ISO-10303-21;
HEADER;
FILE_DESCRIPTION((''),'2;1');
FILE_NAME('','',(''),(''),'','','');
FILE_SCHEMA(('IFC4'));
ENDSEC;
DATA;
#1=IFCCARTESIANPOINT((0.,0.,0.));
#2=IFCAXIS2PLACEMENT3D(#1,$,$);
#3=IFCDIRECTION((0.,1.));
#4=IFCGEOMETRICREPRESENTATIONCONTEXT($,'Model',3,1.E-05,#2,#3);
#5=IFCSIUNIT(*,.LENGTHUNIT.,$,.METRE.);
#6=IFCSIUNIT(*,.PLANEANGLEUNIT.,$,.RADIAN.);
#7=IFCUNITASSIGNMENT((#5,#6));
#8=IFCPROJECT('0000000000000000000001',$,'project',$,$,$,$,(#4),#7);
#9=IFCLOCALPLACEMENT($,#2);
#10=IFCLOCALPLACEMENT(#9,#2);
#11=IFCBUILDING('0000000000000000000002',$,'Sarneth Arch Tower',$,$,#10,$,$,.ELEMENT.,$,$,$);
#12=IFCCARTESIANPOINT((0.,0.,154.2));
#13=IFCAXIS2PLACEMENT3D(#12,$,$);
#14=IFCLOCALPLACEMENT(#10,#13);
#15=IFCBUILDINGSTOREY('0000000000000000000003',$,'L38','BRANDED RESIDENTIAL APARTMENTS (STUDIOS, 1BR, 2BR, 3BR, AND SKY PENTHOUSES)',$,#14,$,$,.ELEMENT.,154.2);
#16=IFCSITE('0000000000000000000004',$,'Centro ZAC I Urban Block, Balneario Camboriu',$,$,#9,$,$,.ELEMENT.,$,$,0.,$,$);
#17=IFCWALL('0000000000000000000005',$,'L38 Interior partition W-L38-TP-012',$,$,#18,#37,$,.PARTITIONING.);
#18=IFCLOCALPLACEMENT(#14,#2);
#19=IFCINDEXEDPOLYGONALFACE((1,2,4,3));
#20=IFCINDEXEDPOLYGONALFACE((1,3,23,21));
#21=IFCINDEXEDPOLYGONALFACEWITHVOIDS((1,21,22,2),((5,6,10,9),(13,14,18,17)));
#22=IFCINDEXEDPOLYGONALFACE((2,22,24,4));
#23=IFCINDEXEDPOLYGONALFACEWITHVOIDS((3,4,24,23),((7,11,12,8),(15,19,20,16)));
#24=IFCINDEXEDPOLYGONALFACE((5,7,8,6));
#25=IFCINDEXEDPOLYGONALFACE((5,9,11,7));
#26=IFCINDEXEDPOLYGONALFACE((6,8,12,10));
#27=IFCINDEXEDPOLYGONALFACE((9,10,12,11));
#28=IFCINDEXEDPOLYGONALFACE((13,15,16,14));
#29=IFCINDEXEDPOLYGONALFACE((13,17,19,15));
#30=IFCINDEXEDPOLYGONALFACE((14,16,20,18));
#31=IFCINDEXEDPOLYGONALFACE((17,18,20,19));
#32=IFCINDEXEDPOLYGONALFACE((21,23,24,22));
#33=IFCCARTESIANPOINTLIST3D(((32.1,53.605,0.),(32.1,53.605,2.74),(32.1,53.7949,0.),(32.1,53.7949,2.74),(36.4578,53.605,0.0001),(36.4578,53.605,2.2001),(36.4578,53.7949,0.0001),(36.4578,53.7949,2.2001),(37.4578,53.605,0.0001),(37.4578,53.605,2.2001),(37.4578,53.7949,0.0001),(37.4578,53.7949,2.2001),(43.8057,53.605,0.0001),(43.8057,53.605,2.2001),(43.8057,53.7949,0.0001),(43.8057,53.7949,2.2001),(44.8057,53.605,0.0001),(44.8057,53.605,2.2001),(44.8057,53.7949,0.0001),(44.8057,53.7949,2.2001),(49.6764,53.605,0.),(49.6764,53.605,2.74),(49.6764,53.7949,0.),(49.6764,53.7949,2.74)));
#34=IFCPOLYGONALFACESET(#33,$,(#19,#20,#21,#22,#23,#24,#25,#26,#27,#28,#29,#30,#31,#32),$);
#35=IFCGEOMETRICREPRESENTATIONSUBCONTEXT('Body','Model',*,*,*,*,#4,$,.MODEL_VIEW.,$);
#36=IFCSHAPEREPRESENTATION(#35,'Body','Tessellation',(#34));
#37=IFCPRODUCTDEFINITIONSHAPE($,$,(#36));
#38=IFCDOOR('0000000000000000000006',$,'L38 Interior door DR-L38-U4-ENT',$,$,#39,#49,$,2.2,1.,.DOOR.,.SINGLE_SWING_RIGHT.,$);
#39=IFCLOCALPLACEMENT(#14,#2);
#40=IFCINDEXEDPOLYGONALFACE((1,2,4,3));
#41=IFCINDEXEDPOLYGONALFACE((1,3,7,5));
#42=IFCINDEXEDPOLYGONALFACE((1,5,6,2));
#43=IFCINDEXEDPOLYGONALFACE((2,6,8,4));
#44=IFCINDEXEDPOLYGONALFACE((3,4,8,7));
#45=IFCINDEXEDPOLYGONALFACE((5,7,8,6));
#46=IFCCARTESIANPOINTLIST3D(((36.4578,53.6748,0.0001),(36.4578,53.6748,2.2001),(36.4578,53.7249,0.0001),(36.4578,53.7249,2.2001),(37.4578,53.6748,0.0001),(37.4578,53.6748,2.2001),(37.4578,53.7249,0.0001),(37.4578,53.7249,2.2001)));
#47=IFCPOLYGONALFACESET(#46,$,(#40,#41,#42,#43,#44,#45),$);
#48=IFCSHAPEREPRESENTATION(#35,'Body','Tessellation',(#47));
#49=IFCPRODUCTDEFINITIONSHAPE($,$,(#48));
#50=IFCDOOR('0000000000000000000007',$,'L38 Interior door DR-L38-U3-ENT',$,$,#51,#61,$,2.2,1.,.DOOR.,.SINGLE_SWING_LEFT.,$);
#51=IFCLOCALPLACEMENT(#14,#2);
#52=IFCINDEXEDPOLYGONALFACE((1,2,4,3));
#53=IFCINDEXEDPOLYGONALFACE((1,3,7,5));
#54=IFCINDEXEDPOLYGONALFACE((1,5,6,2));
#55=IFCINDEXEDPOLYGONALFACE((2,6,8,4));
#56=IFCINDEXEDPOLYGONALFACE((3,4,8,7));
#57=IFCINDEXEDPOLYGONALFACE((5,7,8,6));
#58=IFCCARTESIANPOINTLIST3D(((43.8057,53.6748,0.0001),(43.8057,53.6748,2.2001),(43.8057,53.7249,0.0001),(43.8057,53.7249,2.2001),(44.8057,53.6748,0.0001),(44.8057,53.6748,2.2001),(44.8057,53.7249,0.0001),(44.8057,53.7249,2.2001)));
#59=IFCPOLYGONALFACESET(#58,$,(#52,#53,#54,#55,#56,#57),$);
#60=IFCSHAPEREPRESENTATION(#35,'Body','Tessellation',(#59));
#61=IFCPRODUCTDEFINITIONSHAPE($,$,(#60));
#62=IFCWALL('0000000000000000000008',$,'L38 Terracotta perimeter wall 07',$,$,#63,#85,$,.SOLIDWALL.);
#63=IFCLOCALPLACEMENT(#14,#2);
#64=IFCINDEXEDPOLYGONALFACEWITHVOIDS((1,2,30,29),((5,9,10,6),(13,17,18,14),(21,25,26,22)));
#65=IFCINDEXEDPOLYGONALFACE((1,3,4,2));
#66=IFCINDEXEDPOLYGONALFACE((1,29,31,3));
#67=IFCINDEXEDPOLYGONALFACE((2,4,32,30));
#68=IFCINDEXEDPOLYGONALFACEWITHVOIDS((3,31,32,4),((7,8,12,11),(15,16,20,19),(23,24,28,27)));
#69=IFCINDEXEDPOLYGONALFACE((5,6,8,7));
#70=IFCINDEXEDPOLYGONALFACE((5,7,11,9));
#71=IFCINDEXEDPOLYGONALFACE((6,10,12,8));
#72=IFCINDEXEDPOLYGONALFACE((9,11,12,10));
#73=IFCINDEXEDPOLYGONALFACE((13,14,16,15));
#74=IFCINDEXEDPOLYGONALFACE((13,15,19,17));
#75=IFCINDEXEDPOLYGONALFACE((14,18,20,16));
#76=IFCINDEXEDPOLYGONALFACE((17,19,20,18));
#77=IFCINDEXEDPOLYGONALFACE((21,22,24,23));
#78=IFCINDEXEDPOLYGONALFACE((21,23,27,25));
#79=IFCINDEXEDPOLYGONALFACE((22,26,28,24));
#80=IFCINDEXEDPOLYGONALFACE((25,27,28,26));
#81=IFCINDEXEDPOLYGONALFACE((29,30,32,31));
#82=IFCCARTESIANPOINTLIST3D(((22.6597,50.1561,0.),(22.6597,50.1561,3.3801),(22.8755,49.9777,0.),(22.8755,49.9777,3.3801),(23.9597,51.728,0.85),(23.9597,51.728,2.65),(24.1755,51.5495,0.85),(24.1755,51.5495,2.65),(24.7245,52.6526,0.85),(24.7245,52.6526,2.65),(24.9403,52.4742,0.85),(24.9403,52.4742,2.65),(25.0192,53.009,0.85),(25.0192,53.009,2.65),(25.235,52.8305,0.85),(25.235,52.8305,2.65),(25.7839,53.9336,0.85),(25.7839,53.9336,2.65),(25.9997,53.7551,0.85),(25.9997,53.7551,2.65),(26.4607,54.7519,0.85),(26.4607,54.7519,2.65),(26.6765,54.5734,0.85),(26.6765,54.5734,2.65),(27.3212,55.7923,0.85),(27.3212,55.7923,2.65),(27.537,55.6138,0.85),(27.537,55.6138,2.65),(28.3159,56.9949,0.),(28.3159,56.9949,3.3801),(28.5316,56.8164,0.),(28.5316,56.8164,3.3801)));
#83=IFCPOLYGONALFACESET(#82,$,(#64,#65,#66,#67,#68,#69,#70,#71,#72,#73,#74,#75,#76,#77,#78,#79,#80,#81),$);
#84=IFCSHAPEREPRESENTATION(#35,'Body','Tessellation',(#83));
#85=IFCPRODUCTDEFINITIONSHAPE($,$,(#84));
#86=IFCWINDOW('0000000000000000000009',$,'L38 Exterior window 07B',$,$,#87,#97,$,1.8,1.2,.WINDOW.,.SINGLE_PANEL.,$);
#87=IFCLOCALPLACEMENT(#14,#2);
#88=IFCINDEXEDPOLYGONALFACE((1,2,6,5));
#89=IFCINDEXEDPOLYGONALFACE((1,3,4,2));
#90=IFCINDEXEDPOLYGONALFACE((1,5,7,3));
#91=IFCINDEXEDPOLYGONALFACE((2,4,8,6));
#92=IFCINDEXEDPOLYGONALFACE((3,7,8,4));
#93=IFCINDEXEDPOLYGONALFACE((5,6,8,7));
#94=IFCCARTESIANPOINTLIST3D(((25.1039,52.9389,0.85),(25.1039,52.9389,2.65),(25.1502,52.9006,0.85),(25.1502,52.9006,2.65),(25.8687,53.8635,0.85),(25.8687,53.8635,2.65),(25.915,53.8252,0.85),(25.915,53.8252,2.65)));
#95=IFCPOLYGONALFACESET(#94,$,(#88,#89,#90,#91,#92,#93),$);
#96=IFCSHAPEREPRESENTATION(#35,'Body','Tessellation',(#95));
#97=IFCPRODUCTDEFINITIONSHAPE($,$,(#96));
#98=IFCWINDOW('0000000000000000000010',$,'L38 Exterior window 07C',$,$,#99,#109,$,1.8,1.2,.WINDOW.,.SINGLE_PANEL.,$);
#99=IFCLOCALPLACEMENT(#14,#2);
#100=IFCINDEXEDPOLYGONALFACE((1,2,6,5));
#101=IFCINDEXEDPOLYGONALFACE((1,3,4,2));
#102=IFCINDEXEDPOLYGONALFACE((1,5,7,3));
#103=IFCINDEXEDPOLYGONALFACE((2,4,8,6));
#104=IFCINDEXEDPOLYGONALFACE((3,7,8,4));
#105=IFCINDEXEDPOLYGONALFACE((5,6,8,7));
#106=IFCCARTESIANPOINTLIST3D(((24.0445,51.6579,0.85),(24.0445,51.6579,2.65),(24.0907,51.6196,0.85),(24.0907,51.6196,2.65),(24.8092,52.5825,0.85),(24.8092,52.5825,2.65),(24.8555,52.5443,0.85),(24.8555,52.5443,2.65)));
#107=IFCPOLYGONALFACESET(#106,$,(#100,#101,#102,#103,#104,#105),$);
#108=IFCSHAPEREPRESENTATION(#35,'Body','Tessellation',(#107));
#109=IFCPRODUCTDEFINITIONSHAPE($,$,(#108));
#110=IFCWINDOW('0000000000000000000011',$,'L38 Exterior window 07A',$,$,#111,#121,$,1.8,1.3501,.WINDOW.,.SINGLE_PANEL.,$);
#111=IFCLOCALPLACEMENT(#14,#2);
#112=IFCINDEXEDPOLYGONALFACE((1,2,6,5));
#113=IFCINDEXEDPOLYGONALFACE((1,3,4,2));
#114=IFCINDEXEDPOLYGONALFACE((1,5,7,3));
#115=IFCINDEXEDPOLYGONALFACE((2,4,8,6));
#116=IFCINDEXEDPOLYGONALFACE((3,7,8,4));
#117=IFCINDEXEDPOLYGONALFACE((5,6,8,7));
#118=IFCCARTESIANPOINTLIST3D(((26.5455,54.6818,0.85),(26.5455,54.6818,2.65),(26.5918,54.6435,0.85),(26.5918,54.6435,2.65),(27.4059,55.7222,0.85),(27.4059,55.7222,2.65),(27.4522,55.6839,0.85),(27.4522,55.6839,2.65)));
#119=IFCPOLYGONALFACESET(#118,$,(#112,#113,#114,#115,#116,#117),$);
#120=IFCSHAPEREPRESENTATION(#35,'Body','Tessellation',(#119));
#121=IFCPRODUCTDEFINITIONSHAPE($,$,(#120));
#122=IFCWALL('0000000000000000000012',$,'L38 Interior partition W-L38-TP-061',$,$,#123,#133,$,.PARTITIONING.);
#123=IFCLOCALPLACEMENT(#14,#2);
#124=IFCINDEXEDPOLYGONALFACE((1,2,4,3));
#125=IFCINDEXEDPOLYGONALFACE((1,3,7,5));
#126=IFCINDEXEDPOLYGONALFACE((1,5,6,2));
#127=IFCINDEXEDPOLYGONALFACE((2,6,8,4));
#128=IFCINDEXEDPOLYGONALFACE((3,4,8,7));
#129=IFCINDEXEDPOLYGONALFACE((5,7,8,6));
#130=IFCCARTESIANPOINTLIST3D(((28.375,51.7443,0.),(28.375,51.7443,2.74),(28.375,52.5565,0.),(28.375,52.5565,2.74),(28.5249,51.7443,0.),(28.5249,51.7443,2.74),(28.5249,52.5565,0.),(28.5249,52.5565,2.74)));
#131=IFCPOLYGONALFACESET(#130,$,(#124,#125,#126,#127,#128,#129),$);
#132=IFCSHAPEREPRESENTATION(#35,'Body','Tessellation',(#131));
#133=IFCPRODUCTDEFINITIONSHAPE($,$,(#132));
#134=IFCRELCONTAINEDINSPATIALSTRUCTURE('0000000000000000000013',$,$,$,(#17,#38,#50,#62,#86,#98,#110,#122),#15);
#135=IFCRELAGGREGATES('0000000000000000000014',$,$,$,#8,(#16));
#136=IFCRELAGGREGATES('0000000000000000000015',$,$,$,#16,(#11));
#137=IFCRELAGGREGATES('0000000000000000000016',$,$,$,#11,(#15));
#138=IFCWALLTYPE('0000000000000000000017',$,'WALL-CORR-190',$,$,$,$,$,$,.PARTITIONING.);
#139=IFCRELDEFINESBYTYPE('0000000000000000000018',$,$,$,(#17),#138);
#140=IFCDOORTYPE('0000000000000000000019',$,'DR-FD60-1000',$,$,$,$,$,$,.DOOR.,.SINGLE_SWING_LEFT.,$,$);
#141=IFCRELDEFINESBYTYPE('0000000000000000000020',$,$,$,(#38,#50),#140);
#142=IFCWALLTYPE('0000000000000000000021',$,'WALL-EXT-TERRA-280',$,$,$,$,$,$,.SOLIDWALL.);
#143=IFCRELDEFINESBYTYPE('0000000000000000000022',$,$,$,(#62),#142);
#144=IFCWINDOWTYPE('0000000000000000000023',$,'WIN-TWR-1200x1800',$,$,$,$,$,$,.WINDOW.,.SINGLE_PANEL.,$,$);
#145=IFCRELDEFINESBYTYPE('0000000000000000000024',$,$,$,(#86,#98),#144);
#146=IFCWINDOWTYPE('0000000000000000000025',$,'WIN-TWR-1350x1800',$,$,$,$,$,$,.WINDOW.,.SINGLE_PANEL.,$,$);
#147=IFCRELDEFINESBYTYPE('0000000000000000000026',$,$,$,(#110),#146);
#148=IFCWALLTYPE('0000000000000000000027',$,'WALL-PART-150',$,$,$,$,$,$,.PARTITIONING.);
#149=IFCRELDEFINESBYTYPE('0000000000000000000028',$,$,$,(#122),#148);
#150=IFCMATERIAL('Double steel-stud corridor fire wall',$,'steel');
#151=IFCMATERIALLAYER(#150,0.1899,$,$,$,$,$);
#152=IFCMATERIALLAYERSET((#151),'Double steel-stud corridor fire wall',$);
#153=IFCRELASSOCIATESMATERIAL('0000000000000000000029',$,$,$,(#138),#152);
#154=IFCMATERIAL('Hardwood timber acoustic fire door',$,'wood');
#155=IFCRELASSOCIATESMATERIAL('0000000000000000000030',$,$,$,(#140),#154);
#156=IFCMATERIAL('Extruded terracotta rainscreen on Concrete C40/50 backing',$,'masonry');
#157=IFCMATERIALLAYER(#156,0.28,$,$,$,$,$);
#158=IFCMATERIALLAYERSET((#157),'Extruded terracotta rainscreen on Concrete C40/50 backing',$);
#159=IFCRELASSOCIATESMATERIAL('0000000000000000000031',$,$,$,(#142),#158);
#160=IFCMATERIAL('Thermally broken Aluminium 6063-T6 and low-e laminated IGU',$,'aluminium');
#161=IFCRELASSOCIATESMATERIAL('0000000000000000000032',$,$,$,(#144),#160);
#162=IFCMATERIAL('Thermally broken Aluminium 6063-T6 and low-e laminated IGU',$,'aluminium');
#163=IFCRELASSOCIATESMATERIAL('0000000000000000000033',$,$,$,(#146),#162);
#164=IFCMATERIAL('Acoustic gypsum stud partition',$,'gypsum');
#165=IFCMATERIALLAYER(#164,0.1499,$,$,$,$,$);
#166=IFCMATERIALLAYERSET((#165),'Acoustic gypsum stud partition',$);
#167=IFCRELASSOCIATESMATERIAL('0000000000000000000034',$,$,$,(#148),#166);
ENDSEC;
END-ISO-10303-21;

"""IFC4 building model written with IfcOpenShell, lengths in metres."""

from ifc_helpers import new_model, si_unit, direction, frame, frame_2d, origin, place, context, subcontext, project, spatial, rectangle, extrude, material, layer, layer_set, type_object, element, fill, save


model = new_model("IFC4")

# Units and contexts
model_context = context("Model", 3, precision=1e-05, world=origin(), true_north=direction((0.0, 1.0)))
body_context = subcontext(model_context, "Body", "Model", "MODEL_VIEW")
ifc_project = project(units=[si_unit("LENGTHUNIT", "METRE"), si_unit("PLANEANGLEUNIT", "RADIAN")], contexts=[model_context])

# Site, building, storey
site_placement = place(None, origin())
site = spatial("IfcSite", under=ifc_project, at=site_placement, Name="Centro ZAC I Urban Block, Balneario Camboriu", CompositionType="ELEMENT", RefElevation=0.0)
building_placement = place(site_placement, origin())
building = spatial("IfcBuilding", under=site, at=building_placement, Name="Sarneth Arch Tower", CompositionType="ELEMENT")
storey_placement = place(building_placement, frame((0.0, 0.0, 154.2)))
storey = spatial("IfcBuildingStorey", under=building, at=storey_placement, Name="L38", Description="BRANDED RESIDENTIAL APARTMENTS (STUDIOS, 1BR, 2BR, 3BR, AND SKY PENTHOUSES)", CompositionType="ELEMENT", Elevation=154.2)

# Wall, openings, doors
ifc_material_1 = material(Name="Double steel-stud corridor fire wall", Category="steel")
ifc_layer_1 = layer(ifc_material_1, 0.1899)
ifc_layer_set_1 = layer_set([ifc_layer_1], Name="Double steel-stud corridor fire wall")
wall_type_1 = type_object("IfcWallType", Name="WALL-CORR-190", PredefinedType="PARTITIONING", material=ifc_layer_set_1)
wall_1_placement = place(storey_placement, frame((32.1001, 53.7, 0.0), z_axis=(0.0, 0.0, 1.0), x_axis=(1.0, 0.0, 0.0)))
wall_1 = element("IfcWall", 1, at=wall_1_placement, inside=storey, type_object=wall_type_1, Name="L38 Interior partition W-L38-TP-012", PredefinedType="PARTITIONING", context=body_context, shape_type="SweptSolid", body=[
    extrude(rectangle(XDim=17.5764, YDim=0.1899, at=frame_2d((8.7881, 0.0))), origin(), (0.0, 0.0, 1.0), 2.74),
])
opening_1_placement = place(wall_1_placement, frame((4.3577, 0.0, 0.0)))
opening_1 = element("IfcOpeningElement", 2, at=opening_1_placement, cuts=wall_1, PredefinedType="OPENING", context=body_context, shape_type="SweptSolid", body=[
    extrude(rectangle(XDim=1.0, YDim=2.2, at=frame_2d((0.5, 1.1001))), frame((0.0, 0.105, 0.0), z_axis=(0.0, -1.0, 0.0), x_axis=(1.0, 0.0, 0.0)), (0.0, 0.0, 1.0), 0.21),
])
opening_2_placement = place(wall_1_placement, frame((11.7056, 0.0, 0.0)))
opening_2 = element("IfcOpeningElement", 3, at=opening_2_placement, cuts=wall_1, PredefinedType="OPENING", context=body_context, shape_type="SweptSolid", body=[
    extrude(rectangle(XDim=1.0, YDim=2.2, at=frame_2d((0.5, 1.1001))), frame((0.0, 0.105, 0.0), z_axis=(0.0, -1.0, 0.0), x_axis=(1.0, 0.0, 0.0)), (0.0, 0.0, 1.0), 0.21),
])
ifc_material_2 = material(Name="Hardwood timber acoustic fire door", Category="wood")
door_type_1 = type_object("IfcDoorType", Name="DR-FD60-1000", OperationType="SINGLE_SWING_LEFT", PredefinedType="DOOR", material=ifc_material_2)
door_1_placement = place(opening_1_placement, origin())
door_1 = element("IfcDoor", 4, at=door_1_placement, inside=storey, type_object=door_type_1, Name="L38 Interior door DR-L38-U4-ENT", OperationType="SINGLE_SWING_RIGHT", OverallHeight=2.2, OverallWidth=1.0, PredefinedType="DOOR", context=body_context, shape_type="SweptSolid", body=[
    extrude(rectangle(XDim=1.0, YDim=2.2, at=frame_2d((0.5, 1.1001))), frame((0.0, 0.0249, 0.0), z_axis=(0.0, -1.0, 0.0), x_axis=(1.0, 0.0, 0.0)), (0.0, 0.0, 1.0), 0.05),
])
fill(opening_1, door_1)
door_2_placement = place(opening_2_placement, origin())
door_2 = element("IfcDoor", 5, at=door_2_placement, inside=storey, type_object=door_type_1, Name="L38 Interior door DR-L38-U3-ENT", OperationType="SINGLE_SWING_LEFT", OverallHeight=2.2, OverallWidth=1.0, PredefinedType="DOOR", context=body_context, shape_type="SweptSolid", body=[
    extrude(rectangle(XDim=1.0, YDim=2.2, at=frame_2d((0.5, 1.1001))), frame((0.0, 0.0249, 0.0), z_axis=(0.0, -1.0, 0.0), x_axis=(1.0, 0.0, 0.0)), (0.0, 0.0, 1.0), 0.05),
])
fill(opening_2, door_2)

# Wall, openings, windows
ifc_material_3 = material(Name="Extruded terracotta rainscreen on Concrete C40/50 backing", Category="masonry")
ifc_layer_2 = layer(ifc_material_3, 0.28)
ifc_layer_set_2 = layer_set([ifc_layer_2], Name="Extruded terracotta rainscreen on Concrete C40/50 backing")
wall_type_2 = type_object("IfcWallType", Name="WALL-EXT-TERRA-280", PredefinedType="SOLIDWALL", material=ifc_layer_set_2)
wall_2_placement = place(storey_placement, frame((28.4238, 56.9058, 0.0), z_axis=(0.0, 0.0, 1.0), x_axis=(-0.637333, -0.770588, 0.0)))
wall_2 = element("IfcWall", 6, at=wall_2_placement, inside=storey, type_object=wall_type_2, Name="L38 Terracotta perimeter wall 07", PredefinedType="SOLIDWALL", context=body_context, shape_type="SweptSolid", body=[
    extrude(rectangle(XDim=8.8748, YDim=0.28, at=frame_2d((4.4375, 0.0))), origin(), (0.0, 0.0, 1.0), 3.3801),
])
opening_3_placement = place(wall_2_placement, frame((1.5608, 0.0, 0.8501)))
opening_3 = element("IfcOpeningElement", 7, at=opening_3_placement, cuts=wall_2, PredefinedType="OPENING", context=body_context, shape_type="SweptSolid", body=[
    extrude(rectangle(XDim=1.3501, YDim=1.8, at=frame_2d((0.675, 0.8999))), frame((0.0, 0.1499, 0.0), z_axis=(0.0, -1.0, 0.0), x_axis=(1.0, 0.0, 0.0)), (0.0, 0.0, 1.0), 0.3),
])
opening_4_placement = place(wall_2_placement, frame((3.9727, 0.0, 0.8501)))
opening_4 = element("IfcOpeningElement", 8, at=opening_4_placement, cuts=wall_2, PredefinedType="OPENING", context=body_context, shape_type="SweptSolid", body=[
    extrude(rectangle(XDim=1.2, YDim=1.8, at=frame_2d((0.6001, 0.8999))), frame((0.0, 0.1499, 0.0), z_axis=(0.0, -1.0, 0.0), x_axis=(1.0, 0.0, 0.0)), (0.0, 0.0, 1.0), 0.3),
])
opening_5_placement = place(wall_2_placement, frame((5.635, 0.0, 0.8501)))
opening_5 = element("IfcOpeningElement", 9, at=opening_5_placement, cuts=wall_2, PredefinedType="OPENING", context=body_context, shape_type="SweptSolid", body=[
    extrude(rectangle(XDim=1.2, YDim=1.8, at=frame_2d((0.6001, 0.8999))), frame((0.0, 0.1499, 0.0), z_axis=(0.0, -1.0, 0.0), x_axis=(1.0, 0.0, 0.0)), (0.0, 0.0, 1.0), 0.3),
])
ifc_material_4 = material(Name="Thermally broken Aluminium 6063-T6 and low-e laminated IGU", Category="aluminium")
window_type_1 = type_object("IfcWindowType", Name="WIN-TWR-1200x1800", PartitioningType="SINGLE_PANEL", PredefinedType="WINDOW", material=ifc_material_4)
window_1_placement = place(opening_4_placement, origin())
window_1 = element("IfcWindow", 10, at=window_1_placement, inside=storey, type_object=window_type_1, Name="L38 Exterior window 07B", OverallHeight=1.8, OverallWidth=1.2, PartitioningType="SINGLE_PANEL", PredefinedType="WINDOW", context=body_context, shape_type="SweptSolid", body=[
    extrude(rectangle(XDim=1.2, YDim=1.8, at=frame_2d((0.6001, 0.8999))), frame((0.0, 0.03, 0.0), z_axis=(0.0, -1.0, 0.0), x_axis=(1.0, 0.0, 0.0)), (0.0, 0.0, 1.0), 0.0601),
])
fill(opening_4, window_1)
window_2_placement = place(opening_5_placement, origin())
window_2 = element("IfcWindow", 11, at=window_2_placement, inside=storey, type_object=window_type_1, Name="L38 Exterior window 07C", OverallHeight=1.8, OverallWidth=1.2, PartitioningType="SINGLE_PANEL", PredefinedType="WINDOW", context=body_context, shape_type="SweptSolid", body=[
    extrude(rectangle(XDim=1.2, YDim=1.8, at=frame_2d((0.6001, 0.8999))), frame((0.0, 0.03, 0.0), z_axis=(0.0, -1.0, 0.0), x_axis=(1.0, 0.0, 0.0)), (0.0, 0.0, 1.0), 0.0601),
])
fill(opening_5, window_2)
ifc_material_5 = material(Name="Thermally broken Aluminium 6063-T6 and low-e laminated IGU", Category="aluminium")
window_type_2 = type_object("IfcWindowType", Name="WIN-TWR-1350x1800", PartitioningType="SINGLE_PANEL", PredefinedType="WINDOW", material=ifc_material_5)
window_3_placement = place(opening_3_placement, origin())
window_3 = element("IfcWindow", 12, at=window_3_placement, inside=storey, type_object=window_type_2, Name="L38 Exterior window 07A", OverallHeight=1.8, OverallWidth=1.3501, PartitioningType="SINGLE_PANEL", PredefinedType="WINDOW", context=body_context, shape_type="SweptSolid", body=[
    extrude(rectangle(XDim=1.3501, YDim=1.8, at=frame_2d((0.675, 0.8999))), frame((0.0, 0.03, 0.0), z_axis=(0.0, -1.0, 0.0), x_axis=(1.0, 0.0, 0.0)), (0.0, 0.0, 1.0), 0.0601),
])
fill(opening_3, window_3)

# Wall
ifc_material_6 = material(Name="Acoustic gypsum stud partition", Category="gypsum")
ifc_layer_3 = layer(ifc_material_6, 0.1499)
ifc_layer_set_3 = layer_set([ifc_layer_3], Name="Acoustic gypsum stud partition")
wall_type_3 = type_object("IfcWallType", Name="WALL-PART-150", PredefinedType="PARTITIONING", material=ifc_layer_set_3)
wall_3_placement = place(storey_placement, frame((28.45, 52.5566, 0.0), z_axis=(0.0, 0.0, 1.0), x_axis=(0.0, -1.0, 0.0)))
element("IfcWall", 13, at=wall_3_placement, inside=storey, type_object=wall_type_3, Name="L38 Interior partition W-L38-TP-061", PredefinedType="PARTITIONING", context=body_context, shape_type="SweptSolid", body=[
    extrude(rectangle(XDim=0.8123, YDim=0.1499, at=frame_2d((0.4062, 0.0))), origin(), (0.0, 0.0, 1.0), 2.74),
])

save(model, "model.ifc")
